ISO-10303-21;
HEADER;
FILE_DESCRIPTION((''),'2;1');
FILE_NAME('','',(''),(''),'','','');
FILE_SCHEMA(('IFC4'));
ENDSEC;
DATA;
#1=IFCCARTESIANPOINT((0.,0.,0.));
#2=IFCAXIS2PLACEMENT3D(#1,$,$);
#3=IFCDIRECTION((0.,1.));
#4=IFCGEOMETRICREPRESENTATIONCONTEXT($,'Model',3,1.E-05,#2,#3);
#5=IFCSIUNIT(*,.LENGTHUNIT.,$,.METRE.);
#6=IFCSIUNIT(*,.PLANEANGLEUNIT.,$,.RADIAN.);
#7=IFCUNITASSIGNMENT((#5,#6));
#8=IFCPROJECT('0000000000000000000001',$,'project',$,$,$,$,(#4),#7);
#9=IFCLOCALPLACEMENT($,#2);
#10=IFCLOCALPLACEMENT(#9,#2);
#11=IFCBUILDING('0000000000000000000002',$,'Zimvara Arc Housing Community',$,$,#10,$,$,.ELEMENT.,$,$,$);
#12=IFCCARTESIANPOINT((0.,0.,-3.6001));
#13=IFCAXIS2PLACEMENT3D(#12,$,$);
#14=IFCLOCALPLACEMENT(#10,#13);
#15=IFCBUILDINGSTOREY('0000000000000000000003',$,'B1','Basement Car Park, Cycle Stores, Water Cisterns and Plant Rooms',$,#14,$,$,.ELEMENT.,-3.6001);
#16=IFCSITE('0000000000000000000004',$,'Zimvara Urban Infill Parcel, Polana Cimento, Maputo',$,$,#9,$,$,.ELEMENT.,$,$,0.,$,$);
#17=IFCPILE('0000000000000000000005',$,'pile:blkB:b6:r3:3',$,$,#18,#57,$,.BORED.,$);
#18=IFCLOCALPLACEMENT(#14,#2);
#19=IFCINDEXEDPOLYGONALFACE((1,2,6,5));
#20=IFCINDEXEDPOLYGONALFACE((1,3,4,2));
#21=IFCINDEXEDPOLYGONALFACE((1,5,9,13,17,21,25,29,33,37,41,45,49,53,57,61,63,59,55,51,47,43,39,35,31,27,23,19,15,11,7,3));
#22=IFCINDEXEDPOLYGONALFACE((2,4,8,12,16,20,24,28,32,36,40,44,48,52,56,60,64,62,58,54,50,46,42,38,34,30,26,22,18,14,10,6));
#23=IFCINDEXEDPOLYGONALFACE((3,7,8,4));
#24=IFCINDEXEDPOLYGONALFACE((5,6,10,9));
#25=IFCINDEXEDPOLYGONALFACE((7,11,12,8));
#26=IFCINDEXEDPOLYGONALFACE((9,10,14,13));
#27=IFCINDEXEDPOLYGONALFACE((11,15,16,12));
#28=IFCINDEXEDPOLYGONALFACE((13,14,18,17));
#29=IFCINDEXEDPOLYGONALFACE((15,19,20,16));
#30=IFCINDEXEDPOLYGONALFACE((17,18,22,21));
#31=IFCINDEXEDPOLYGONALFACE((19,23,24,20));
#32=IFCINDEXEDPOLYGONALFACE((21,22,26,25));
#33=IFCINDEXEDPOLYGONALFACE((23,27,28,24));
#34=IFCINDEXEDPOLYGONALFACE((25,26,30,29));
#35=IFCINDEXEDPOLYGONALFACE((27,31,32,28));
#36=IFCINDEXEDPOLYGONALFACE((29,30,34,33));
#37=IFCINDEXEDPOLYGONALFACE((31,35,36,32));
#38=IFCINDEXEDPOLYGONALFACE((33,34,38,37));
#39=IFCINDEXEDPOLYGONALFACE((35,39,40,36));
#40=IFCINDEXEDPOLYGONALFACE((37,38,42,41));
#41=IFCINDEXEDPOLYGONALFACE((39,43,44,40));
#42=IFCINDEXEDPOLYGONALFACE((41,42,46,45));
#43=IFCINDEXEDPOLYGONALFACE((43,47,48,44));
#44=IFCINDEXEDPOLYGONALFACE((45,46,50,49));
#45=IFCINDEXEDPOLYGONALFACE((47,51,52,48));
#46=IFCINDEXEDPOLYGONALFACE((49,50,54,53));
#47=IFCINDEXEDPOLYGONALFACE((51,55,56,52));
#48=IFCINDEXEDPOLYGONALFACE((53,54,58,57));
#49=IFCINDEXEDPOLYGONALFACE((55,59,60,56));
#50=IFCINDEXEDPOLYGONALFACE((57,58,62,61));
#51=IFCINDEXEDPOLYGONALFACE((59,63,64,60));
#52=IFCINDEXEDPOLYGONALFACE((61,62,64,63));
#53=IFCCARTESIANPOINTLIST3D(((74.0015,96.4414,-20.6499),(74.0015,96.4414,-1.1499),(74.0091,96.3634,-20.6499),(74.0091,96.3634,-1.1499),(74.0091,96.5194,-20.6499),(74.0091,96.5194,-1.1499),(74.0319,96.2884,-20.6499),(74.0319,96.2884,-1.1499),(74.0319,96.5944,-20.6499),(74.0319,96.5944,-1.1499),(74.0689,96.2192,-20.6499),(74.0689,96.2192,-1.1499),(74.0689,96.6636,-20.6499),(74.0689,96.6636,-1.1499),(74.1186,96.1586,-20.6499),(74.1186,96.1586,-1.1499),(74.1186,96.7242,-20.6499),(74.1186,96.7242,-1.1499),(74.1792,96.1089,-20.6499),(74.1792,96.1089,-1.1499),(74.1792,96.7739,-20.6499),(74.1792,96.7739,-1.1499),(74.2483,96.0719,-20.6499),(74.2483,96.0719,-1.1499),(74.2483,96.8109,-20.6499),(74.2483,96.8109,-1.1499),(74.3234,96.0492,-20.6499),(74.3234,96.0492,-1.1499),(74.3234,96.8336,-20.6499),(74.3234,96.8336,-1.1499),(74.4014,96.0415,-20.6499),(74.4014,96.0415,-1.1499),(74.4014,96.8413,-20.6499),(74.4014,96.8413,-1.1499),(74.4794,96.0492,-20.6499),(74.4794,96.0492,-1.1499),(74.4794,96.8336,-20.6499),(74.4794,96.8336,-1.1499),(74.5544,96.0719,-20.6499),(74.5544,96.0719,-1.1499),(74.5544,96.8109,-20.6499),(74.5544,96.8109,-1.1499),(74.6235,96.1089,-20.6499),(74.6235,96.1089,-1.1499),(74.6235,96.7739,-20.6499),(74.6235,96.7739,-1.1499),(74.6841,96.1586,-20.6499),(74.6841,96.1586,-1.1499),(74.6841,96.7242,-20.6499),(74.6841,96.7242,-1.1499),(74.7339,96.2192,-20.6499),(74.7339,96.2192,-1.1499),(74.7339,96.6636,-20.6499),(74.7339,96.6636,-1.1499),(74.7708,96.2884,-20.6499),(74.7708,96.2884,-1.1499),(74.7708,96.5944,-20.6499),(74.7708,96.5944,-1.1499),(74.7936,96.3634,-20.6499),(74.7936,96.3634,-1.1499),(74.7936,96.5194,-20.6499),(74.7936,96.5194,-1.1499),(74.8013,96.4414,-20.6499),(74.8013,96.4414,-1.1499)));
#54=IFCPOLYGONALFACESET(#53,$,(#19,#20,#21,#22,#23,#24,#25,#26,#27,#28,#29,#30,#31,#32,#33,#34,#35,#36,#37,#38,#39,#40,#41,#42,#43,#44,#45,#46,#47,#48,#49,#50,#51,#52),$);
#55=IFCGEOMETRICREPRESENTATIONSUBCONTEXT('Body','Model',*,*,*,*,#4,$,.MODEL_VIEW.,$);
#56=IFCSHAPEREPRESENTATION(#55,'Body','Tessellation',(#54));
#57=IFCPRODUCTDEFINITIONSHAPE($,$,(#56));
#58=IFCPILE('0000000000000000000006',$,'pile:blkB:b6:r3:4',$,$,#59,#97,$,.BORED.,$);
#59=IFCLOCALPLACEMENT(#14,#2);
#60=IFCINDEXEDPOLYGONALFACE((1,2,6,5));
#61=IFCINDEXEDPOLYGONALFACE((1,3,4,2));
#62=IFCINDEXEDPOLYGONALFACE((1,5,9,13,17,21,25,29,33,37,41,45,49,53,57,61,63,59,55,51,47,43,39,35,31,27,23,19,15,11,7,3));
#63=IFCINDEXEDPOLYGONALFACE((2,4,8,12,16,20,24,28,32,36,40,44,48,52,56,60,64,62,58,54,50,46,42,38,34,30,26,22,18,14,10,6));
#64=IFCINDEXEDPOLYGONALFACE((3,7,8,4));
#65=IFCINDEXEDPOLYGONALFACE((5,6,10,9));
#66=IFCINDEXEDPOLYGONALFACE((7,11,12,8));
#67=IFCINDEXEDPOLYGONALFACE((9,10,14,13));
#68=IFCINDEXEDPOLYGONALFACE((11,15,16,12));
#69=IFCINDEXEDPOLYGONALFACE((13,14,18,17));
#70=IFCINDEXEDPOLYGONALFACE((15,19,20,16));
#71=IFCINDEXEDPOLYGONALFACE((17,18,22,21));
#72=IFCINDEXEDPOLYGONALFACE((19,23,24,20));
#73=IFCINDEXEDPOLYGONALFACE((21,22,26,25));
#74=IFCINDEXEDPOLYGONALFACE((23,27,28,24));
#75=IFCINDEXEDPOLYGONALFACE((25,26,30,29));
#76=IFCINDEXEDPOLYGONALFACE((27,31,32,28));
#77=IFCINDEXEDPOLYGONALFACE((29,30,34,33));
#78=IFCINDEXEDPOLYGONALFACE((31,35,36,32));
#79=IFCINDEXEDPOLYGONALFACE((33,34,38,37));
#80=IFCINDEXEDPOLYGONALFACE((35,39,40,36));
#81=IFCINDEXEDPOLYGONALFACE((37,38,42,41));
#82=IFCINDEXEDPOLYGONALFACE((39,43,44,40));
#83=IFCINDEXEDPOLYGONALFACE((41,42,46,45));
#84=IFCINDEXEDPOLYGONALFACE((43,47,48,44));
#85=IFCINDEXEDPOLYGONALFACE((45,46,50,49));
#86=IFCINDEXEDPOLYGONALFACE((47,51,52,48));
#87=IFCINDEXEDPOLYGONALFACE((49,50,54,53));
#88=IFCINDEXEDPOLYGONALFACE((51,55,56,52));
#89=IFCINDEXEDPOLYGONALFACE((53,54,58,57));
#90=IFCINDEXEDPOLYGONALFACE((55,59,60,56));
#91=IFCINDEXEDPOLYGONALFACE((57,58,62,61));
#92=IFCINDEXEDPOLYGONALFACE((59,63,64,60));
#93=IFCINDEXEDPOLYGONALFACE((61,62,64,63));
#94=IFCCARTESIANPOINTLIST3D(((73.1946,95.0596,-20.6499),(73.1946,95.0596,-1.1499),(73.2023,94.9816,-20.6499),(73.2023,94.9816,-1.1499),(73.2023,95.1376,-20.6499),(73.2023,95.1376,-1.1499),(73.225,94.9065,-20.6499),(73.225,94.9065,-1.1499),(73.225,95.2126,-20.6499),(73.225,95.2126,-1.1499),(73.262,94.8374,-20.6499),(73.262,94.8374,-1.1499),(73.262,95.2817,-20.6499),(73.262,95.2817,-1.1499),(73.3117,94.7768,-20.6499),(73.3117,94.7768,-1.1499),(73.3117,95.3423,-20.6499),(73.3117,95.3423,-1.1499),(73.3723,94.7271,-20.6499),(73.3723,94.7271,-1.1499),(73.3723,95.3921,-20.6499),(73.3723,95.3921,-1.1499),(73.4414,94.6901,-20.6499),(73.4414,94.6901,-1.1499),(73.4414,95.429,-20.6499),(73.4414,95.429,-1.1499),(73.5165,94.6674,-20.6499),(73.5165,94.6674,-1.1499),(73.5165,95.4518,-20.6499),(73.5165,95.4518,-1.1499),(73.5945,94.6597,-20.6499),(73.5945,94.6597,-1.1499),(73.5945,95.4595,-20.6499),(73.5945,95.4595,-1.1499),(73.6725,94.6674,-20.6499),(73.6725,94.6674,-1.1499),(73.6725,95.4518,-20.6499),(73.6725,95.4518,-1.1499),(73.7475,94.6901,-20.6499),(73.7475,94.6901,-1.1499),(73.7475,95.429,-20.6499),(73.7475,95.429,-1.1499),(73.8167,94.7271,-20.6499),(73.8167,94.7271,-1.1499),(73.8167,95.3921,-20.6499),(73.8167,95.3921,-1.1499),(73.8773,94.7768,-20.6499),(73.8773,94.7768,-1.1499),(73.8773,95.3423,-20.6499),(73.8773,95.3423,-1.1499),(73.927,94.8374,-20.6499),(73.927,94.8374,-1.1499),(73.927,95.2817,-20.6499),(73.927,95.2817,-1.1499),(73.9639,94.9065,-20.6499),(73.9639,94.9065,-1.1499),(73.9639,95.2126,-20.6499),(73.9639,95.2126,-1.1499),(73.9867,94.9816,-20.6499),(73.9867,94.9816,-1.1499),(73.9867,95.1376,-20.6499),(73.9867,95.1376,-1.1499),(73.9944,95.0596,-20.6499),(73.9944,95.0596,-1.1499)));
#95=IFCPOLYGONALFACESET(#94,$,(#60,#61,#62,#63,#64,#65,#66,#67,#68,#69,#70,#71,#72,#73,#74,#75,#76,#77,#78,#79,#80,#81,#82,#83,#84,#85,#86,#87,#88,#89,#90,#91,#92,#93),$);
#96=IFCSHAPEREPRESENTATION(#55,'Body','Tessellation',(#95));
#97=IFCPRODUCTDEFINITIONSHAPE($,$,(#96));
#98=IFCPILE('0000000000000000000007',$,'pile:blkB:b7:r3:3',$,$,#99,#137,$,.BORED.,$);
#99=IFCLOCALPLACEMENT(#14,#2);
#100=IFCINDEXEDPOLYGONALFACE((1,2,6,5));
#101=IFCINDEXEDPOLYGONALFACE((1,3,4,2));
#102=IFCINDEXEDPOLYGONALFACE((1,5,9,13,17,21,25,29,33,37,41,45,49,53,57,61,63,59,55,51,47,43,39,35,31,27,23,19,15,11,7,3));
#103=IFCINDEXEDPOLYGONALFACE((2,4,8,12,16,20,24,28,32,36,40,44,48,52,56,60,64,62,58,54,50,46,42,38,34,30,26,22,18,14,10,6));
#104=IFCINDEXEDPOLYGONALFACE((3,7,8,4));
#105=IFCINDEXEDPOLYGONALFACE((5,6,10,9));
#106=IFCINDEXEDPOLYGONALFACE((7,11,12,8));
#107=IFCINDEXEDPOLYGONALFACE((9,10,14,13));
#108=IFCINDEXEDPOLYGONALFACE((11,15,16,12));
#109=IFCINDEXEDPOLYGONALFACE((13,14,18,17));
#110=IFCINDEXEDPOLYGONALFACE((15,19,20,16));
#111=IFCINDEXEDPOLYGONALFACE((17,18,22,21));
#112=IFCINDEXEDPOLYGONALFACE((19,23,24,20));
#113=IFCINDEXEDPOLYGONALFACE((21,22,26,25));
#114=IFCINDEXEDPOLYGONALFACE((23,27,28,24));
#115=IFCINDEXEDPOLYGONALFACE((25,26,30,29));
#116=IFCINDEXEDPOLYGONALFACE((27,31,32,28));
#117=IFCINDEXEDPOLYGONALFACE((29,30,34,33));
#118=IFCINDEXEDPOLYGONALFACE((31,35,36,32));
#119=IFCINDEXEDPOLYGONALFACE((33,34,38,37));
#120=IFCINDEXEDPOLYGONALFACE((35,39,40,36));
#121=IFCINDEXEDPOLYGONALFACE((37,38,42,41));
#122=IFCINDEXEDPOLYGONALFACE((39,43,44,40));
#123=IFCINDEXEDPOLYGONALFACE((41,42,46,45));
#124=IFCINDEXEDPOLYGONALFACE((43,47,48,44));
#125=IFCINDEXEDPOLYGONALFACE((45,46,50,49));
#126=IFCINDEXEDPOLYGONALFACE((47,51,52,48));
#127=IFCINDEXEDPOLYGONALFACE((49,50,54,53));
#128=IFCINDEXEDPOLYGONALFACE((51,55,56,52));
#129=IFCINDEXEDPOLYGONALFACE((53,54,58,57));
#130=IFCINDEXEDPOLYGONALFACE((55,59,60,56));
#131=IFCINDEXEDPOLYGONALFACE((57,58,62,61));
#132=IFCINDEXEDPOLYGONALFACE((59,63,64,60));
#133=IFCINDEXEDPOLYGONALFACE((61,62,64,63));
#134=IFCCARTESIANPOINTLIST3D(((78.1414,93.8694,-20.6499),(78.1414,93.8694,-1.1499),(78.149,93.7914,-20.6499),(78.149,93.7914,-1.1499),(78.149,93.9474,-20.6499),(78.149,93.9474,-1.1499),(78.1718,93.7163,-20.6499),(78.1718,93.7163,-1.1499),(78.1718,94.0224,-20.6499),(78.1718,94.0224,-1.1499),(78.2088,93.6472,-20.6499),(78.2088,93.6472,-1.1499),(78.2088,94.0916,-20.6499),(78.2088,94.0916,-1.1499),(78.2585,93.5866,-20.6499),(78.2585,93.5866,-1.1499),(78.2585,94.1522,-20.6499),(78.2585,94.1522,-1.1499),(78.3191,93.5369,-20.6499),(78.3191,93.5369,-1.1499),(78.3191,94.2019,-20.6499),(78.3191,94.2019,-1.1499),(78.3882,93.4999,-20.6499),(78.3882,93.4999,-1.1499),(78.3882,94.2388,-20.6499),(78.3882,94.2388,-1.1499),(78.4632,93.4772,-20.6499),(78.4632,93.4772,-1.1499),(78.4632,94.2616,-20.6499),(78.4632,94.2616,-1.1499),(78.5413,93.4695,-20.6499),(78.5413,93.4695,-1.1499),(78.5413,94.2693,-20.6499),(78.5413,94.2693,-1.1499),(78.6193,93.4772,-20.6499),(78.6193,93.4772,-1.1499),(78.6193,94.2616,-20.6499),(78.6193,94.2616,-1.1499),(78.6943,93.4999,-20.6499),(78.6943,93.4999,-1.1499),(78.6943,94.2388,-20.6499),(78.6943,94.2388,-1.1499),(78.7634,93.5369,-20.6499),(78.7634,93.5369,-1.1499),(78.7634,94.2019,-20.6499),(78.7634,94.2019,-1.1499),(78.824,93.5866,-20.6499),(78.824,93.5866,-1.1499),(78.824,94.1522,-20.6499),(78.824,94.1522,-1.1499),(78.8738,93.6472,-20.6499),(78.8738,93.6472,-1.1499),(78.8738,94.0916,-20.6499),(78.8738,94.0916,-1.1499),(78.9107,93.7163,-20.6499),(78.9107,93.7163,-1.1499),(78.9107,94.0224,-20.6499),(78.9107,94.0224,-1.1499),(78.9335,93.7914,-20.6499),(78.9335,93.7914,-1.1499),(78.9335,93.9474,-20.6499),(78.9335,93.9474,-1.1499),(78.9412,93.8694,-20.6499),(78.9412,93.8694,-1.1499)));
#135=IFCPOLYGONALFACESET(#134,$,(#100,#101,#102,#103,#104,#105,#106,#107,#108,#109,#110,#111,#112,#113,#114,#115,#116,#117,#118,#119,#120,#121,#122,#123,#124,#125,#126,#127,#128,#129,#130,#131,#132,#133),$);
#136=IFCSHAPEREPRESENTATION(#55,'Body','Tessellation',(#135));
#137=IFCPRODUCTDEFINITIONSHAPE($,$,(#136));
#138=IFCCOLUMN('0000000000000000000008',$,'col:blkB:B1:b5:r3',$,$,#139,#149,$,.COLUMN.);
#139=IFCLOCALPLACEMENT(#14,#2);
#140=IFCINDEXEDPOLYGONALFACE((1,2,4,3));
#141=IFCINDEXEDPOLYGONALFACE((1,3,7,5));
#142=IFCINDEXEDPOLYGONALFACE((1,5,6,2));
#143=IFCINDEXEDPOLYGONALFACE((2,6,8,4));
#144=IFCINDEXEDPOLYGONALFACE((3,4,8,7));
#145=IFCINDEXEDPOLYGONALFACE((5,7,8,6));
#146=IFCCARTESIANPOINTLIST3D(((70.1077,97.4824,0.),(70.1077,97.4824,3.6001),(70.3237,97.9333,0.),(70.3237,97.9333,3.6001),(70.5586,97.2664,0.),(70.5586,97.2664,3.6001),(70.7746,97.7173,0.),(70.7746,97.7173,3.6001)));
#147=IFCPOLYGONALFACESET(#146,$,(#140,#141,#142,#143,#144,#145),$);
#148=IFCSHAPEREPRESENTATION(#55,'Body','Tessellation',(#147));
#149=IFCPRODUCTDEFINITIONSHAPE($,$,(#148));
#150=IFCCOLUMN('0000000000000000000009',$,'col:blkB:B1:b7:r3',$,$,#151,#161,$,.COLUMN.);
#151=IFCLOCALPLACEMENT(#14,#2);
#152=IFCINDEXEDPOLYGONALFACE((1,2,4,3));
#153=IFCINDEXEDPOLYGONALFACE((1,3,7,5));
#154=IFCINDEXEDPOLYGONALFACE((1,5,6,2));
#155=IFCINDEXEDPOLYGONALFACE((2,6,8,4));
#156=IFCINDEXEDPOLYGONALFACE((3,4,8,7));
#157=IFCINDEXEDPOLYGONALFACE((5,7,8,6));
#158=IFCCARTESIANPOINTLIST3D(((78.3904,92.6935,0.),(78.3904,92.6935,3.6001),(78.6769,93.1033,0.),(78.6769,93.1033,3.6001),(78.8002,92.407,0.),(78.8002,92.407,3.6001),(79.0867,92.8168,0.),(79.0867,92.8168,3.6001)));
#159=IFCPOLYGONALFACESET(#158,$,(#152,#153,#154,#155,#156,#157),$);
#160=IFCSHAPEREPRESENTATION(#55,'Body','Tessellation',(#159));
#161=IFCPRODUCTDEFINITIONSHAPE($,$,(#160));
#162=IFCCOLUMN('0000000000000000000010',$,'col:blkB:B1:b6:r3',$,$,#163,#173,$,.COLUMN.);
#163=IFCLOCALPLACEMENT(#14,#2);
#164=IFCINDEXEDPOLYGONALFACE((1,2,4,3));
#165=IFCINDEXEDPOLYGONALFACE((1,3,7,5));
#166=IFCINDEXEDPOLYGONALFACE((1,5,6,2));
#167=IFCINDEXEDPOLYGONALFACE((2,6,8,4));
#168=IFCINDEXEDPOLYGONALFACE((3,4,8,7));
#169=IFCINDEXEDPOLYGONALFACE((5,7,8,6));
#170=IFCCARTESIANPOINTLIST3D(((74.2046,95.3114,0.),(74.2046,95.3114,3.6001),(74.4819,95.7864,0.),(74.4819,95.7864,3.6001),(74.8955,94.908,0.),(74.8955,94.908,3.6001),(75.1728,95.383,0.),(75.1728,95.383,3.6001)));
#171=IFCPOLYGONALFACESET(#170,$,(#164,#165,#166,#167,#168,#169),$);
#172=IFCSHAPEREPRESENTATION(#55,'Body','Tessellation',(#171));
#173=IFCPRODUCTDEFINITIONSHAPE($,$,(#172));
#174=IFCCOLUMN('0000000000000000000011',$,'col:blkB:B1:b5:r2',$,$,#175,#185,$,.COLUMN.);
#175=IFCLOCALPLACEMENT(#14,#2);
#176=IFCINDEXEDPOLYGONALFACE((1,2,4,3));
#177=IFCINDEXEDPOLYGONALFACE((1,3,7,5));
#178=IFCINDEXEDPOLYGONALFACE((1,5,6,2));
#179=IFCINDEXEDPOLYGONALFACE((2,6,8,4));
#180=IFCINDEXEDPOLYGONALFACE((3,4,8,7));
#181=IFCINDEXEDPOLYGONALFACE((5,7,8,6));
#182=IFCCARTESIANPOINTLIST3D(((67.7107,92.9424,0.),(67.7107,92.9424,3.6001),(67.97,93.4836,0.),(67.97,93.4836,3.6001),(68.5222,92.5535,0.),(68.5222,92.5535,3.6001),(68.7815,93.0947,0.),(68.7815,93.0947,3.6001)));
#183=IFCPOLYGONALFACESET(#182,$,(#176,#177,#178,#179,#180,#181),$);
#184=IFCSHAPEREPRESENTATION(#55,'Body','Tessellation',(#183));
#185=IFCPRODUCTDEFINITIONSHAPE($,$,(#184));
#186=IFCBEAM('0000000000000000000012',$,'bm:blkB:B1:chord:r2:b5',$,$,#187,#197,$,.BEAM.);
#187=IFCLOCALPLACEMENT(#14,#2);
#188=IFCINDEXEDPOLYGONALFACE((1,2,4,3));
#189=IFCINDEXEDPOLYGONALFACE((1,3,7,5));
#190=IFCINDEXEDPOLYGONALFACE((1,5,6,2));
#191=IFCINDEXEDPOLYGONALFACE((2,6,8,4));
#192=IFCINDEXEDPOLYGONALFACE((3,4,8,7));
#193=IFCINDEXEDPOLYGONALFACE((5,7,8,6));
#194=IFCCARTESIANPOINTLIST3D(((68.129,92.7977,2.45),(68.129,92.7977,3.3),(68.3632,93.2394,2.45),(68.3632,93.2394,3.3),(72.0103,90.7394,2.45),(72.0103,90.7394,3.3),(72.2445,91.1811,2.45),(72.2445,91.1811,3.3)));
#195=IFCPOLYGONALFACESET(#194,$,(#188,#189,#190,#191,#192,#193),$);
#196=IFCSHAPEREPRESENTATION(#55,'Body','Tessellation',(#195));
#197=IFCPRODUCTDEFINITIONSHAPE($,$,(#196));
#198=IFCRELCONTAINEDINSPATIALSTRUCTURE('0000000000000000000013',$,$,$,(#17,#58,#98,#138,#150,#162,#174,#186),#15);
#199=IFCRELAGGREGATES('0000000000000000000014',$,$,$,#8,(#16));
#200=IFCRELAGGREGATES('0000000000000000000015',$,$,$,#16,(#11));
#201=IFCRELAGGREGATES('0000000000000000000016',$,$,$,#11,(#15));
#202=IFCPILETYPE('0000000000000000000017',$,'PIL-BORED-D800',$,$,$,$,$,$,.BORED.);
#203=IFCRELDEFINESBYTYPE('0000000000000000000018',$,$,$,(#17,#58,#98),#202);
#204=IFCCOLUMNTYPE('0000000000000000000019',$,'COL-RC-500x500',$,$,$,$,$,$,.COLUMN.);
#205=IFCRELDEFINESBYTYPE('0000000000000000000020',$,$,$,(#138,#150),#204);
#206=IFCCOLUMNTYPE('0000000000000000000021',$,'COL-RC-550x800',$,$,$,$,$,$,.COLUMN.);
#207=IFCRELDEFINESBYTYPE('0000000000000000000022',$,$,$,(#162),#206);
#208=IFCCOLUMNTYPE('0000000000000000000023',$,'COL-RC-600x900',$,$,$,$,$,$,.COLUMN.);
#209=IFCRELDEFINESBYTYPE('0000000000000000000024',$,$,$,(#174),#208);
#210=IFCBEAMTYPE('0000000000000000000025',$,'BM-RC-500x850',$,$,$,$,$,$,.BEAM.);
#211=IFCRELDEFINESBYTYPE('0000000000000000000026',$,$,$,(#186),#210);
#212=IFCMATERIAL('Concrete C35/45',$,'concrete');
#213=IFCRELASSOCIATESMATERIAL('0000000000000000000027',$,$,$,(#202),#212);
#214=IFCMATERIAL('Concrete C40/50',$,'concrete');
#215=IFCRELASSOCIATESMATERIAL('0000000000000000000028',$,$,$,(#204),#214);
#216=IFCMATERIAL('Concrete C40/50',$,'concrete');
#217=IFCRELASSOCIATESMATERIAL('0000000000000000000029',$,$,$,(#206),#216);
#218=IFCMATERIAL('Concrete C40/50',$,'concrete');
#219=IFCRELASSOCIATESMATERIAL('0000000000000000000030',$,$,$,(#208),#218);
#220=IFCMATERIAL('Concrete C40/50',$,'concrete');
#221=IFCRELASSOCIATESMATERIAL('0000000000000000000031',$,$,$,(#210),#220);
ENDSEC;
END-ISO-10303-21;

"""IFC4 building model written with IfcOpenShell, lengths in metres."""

from ifc_helpers import new_model, si_unit, direction, frame, origin, origin_2d, place, context, subcontext, project, spatial, rectangle, circle, extrude, material, material_profile, profile_set, type_object, element, save


model = new_model("IFC4")

# Units and contexts
model_context = context("Model", 3, precision=1e-05, world=origin(), true_north=direction((0.0, 1.0)))
body_context = subcontext(model_context, "Body", "Model", "MODEL_VIEW")
ifc_project = project(units=[si_unit("LENGTHUNIT", "METRE"), si_unit("PLANEANGLEUNIT", "RADIAN")], contexts=[model_context])

# Site, building, storey
site_placement = place(None, origin())
site = spatial("IfcSite", under=ifc_project, at=site_placement, Name="Zimvara Urban Infill Parcel, Polana Cimento, Maputo", CompositionType="ELEMENT", RefElevation=0.0)
building_placement = place(site_placement, origin())
building = spatial("IfcBuilding", under=site, at=building_placement, Name="Zimvara Arc Housing Community", CompositionType="ELEMENT")
storey_placement = place(building_placement, frame((0.0, 0.0, -3.6001)))
storey = spatial("IfcBuildingStorey", under=building, at=storey_placement, Name="B1", Description="Basement Car Park, Cycle Stores, Water Cisterns and Plant Rooms", CompositionType="ELEMENT", Elevation=-3.6001)

# Piles
ifc_material_1 = material(Name="Concrete C35/45", Category="concrete")
ifc_material_profile_1 = material_profile(ifc_material_1, circle(Radius=0.3999, at=origin_2d()), Name="PILE D800")
ifc_profile_set_1 = profile_set([ifc_material_profile_1], Name="Concrete C35/45")
pile_type = type_object("IfcPileType", Name="PIL-BORED-D800", PredefinedType="BORED", material=ifc_profile_set_1)
for number, where, z_axis, x_axis, name in (
    (1, (74.4014, 96.4414, -1.1499), (0.0, 0.0, -1.0), (1.0, 0.0, 0.0), "pile:blkB:b6:r3:3"),
    (2, (73.5945, 95.0596, -1.1499), (0.0, 0.0, -1.0), (1.0, 0.0, 0.0), "pile:blkB:b6:r3:4"),
    (3, (78.5413, 93.8694, -1.1499), (0.0, 0.0, -1.0), (1.0, 0.0, 0.0), "pile:blkB:b7:r3:3"),
):
    element("IfcPile", number, at=place(storey_placement, frame(where, z_axis=z_axis, x_axis=x_axis)), inside=storey, type_object=pile_type, Name=name, PredefinedType="BORED", context=body_context, shape_type="SweptSolid", body=[
        extrude(circle(Radius=0.3999, at=origin_2d()), origin(), (0.0, 0.0, 1.0), 19.5),
    ])

# Columns
ifc_material_2 = material(Name="Concrete C40/50", Category="concrete")
ifc_material_profile_2 = material_profile(ifc_material_2, rectangle(XDim=0.5, YDim=0.5, at=origin_2d()), Name="RC 500x500")
ifc_profile_set_2 = profile_set([ifc_material_profile_2], Name="Concrete C40/50")
column_type_1 = type_object("IfcColumnType", Name="COL-RC-500x500", PredefinedType="COLUMN", material=ifc_profile_set_2)
for number, where, z_axis, x_axis, name in (
    (4, (70.4412, 97.5999, 0.0), (0.0, 0.0, 1.0), (0.432086, 0.901833, 0.0), "col:blkB:B1:b5:r3"),
    (5, (78.7385, 92.7551, 0.0), (0.0, 0.0, 1.0), (0.573004, 0.819552, 0.0), "col:blkB:B1:b7:r3"),
):
    element("IfcColumn", number, at=place(storey_placement, frame(where, z_axis=z_axis, x_axis=x_axis)), inside=storey, type_object=column_type_1, Name=name, PredefinedType="COLUMN", context=body_context, shape_type="SweptSolid", body=[
        extrude(rectangle(XDim=0.5, YDim=0.5, at=origin_2d()), origin(), (0.0, 0.0, 1.0), 3.6001),
    ])
ifc_material_3 = material(Name="Concrete C40/50", Category="concrete")
ifc_material_profile_3 = material_profile(ifc_material_3, rectangle(XDim=0.55, YDim=0.8, at=origin_2d()), Name="RC 550x800")
ifc_profile_set_3 = profile_set([ifc_material_profile_3], Name="Concrete C40/50")
column_type_2 = type_object("IfcColumnType", Name="COL-RC-550x800", PredefinedType="COLUMN", material=ifc_profile_set_3)
column_1_placement = place(storey_placement, frame((74.6887, 95.3472, 0.0), z_axis=(0.0, 0.0, 1.0), x_axis=(0.504226, 0.863572, 0.0)))
element("IfcColumn", 6, at=column_1_placement, inside=storey, type_object=column_type_2, Name="col:blkB:B1:b6:r3", PredefinedType="COLUMN", context=body_context, shape_type="SweptSolid", body=[
    extrude(rectangle(XDim=0.55, YDim=0.8, at=origin_2d()), origin(), (0.0, 0.0, 1.0), 3.6001),
])
ifc_material_4 = material(Name="Concrete C40/50", Category="concrete")
ifc_material_profile_4 = material_profile(ifc_material_4, rectangle(XDim=0.6001, YDim=0.8999, at=origin_2d()), Name="RC 600x900")
ifc_profile_set_4 = profile_set([ifc_material_profile_4], Name="Concrete C40/50")
column_type_3 = type_object("IfcColumnType", Name="COL-RC-600x900", PredefinedType="COLUMN", material=ifc_profile_set_4)
column_2_placement = place(storey_placement, frame((68.2461, 93.0186, 0.0), z_axis=(0.0, 0.0, 1.0), x_axis=(0.432086, 0.901833, 0.0)))
element("IfcColumn", 7, at=column_2_placement, inside=storey, type_object=column_type_3, Name="col:blkB:B1:b5:r2", PredefinedType="COLUMN", context=body_context, shape_type="SweptSolid", body=[
    extrude(rectangle(XDim=0.6001, YDim=0.8999, at=origin_2d()), origin(), (0.0, 0.0, 1.0), 3.6001),
])

# Beam
ifc_material_5 = material(Name="Concrete C40/50", Category="concrete")
ifc_material_profile_5 = material_profile(ifc_material_5, rectangle(XDim=0.5, YDim=0.8501, at=origin_2d()), Name="RC 500x850")
ifc_profile_set_5 = profile_set([ifc_material_profile_5], Name="Concrete C40/50")
beam_type = type_object("IfcBeamType", Name="BM-RC-500x850", PredefinedType="BEAM", material=ifc_profile_set_5)
beam_1_placement = place(storey_placement, frame((68.2461, 93.0186, 2.875), z_axis=(0.883457, -0.468513, 0.0), x_axis=(0.468513, 0.883457, 0.0)))
element("IfcBeam", 8, at=beam_1_placement, inside=storey, type_object=beam_type, Name="bm:blkB:B1:chord:r2:b5", PredefinedType="BEAM", context=body_context, shape_type="SweptSolid", body=[
    extrude(rectangle(XDim=0.5, YDim=0.8501, at=origin_2d()), origin(), (0.0, 0.0, 1.0), 4.3933),
])

save(model, "model.ifc")
